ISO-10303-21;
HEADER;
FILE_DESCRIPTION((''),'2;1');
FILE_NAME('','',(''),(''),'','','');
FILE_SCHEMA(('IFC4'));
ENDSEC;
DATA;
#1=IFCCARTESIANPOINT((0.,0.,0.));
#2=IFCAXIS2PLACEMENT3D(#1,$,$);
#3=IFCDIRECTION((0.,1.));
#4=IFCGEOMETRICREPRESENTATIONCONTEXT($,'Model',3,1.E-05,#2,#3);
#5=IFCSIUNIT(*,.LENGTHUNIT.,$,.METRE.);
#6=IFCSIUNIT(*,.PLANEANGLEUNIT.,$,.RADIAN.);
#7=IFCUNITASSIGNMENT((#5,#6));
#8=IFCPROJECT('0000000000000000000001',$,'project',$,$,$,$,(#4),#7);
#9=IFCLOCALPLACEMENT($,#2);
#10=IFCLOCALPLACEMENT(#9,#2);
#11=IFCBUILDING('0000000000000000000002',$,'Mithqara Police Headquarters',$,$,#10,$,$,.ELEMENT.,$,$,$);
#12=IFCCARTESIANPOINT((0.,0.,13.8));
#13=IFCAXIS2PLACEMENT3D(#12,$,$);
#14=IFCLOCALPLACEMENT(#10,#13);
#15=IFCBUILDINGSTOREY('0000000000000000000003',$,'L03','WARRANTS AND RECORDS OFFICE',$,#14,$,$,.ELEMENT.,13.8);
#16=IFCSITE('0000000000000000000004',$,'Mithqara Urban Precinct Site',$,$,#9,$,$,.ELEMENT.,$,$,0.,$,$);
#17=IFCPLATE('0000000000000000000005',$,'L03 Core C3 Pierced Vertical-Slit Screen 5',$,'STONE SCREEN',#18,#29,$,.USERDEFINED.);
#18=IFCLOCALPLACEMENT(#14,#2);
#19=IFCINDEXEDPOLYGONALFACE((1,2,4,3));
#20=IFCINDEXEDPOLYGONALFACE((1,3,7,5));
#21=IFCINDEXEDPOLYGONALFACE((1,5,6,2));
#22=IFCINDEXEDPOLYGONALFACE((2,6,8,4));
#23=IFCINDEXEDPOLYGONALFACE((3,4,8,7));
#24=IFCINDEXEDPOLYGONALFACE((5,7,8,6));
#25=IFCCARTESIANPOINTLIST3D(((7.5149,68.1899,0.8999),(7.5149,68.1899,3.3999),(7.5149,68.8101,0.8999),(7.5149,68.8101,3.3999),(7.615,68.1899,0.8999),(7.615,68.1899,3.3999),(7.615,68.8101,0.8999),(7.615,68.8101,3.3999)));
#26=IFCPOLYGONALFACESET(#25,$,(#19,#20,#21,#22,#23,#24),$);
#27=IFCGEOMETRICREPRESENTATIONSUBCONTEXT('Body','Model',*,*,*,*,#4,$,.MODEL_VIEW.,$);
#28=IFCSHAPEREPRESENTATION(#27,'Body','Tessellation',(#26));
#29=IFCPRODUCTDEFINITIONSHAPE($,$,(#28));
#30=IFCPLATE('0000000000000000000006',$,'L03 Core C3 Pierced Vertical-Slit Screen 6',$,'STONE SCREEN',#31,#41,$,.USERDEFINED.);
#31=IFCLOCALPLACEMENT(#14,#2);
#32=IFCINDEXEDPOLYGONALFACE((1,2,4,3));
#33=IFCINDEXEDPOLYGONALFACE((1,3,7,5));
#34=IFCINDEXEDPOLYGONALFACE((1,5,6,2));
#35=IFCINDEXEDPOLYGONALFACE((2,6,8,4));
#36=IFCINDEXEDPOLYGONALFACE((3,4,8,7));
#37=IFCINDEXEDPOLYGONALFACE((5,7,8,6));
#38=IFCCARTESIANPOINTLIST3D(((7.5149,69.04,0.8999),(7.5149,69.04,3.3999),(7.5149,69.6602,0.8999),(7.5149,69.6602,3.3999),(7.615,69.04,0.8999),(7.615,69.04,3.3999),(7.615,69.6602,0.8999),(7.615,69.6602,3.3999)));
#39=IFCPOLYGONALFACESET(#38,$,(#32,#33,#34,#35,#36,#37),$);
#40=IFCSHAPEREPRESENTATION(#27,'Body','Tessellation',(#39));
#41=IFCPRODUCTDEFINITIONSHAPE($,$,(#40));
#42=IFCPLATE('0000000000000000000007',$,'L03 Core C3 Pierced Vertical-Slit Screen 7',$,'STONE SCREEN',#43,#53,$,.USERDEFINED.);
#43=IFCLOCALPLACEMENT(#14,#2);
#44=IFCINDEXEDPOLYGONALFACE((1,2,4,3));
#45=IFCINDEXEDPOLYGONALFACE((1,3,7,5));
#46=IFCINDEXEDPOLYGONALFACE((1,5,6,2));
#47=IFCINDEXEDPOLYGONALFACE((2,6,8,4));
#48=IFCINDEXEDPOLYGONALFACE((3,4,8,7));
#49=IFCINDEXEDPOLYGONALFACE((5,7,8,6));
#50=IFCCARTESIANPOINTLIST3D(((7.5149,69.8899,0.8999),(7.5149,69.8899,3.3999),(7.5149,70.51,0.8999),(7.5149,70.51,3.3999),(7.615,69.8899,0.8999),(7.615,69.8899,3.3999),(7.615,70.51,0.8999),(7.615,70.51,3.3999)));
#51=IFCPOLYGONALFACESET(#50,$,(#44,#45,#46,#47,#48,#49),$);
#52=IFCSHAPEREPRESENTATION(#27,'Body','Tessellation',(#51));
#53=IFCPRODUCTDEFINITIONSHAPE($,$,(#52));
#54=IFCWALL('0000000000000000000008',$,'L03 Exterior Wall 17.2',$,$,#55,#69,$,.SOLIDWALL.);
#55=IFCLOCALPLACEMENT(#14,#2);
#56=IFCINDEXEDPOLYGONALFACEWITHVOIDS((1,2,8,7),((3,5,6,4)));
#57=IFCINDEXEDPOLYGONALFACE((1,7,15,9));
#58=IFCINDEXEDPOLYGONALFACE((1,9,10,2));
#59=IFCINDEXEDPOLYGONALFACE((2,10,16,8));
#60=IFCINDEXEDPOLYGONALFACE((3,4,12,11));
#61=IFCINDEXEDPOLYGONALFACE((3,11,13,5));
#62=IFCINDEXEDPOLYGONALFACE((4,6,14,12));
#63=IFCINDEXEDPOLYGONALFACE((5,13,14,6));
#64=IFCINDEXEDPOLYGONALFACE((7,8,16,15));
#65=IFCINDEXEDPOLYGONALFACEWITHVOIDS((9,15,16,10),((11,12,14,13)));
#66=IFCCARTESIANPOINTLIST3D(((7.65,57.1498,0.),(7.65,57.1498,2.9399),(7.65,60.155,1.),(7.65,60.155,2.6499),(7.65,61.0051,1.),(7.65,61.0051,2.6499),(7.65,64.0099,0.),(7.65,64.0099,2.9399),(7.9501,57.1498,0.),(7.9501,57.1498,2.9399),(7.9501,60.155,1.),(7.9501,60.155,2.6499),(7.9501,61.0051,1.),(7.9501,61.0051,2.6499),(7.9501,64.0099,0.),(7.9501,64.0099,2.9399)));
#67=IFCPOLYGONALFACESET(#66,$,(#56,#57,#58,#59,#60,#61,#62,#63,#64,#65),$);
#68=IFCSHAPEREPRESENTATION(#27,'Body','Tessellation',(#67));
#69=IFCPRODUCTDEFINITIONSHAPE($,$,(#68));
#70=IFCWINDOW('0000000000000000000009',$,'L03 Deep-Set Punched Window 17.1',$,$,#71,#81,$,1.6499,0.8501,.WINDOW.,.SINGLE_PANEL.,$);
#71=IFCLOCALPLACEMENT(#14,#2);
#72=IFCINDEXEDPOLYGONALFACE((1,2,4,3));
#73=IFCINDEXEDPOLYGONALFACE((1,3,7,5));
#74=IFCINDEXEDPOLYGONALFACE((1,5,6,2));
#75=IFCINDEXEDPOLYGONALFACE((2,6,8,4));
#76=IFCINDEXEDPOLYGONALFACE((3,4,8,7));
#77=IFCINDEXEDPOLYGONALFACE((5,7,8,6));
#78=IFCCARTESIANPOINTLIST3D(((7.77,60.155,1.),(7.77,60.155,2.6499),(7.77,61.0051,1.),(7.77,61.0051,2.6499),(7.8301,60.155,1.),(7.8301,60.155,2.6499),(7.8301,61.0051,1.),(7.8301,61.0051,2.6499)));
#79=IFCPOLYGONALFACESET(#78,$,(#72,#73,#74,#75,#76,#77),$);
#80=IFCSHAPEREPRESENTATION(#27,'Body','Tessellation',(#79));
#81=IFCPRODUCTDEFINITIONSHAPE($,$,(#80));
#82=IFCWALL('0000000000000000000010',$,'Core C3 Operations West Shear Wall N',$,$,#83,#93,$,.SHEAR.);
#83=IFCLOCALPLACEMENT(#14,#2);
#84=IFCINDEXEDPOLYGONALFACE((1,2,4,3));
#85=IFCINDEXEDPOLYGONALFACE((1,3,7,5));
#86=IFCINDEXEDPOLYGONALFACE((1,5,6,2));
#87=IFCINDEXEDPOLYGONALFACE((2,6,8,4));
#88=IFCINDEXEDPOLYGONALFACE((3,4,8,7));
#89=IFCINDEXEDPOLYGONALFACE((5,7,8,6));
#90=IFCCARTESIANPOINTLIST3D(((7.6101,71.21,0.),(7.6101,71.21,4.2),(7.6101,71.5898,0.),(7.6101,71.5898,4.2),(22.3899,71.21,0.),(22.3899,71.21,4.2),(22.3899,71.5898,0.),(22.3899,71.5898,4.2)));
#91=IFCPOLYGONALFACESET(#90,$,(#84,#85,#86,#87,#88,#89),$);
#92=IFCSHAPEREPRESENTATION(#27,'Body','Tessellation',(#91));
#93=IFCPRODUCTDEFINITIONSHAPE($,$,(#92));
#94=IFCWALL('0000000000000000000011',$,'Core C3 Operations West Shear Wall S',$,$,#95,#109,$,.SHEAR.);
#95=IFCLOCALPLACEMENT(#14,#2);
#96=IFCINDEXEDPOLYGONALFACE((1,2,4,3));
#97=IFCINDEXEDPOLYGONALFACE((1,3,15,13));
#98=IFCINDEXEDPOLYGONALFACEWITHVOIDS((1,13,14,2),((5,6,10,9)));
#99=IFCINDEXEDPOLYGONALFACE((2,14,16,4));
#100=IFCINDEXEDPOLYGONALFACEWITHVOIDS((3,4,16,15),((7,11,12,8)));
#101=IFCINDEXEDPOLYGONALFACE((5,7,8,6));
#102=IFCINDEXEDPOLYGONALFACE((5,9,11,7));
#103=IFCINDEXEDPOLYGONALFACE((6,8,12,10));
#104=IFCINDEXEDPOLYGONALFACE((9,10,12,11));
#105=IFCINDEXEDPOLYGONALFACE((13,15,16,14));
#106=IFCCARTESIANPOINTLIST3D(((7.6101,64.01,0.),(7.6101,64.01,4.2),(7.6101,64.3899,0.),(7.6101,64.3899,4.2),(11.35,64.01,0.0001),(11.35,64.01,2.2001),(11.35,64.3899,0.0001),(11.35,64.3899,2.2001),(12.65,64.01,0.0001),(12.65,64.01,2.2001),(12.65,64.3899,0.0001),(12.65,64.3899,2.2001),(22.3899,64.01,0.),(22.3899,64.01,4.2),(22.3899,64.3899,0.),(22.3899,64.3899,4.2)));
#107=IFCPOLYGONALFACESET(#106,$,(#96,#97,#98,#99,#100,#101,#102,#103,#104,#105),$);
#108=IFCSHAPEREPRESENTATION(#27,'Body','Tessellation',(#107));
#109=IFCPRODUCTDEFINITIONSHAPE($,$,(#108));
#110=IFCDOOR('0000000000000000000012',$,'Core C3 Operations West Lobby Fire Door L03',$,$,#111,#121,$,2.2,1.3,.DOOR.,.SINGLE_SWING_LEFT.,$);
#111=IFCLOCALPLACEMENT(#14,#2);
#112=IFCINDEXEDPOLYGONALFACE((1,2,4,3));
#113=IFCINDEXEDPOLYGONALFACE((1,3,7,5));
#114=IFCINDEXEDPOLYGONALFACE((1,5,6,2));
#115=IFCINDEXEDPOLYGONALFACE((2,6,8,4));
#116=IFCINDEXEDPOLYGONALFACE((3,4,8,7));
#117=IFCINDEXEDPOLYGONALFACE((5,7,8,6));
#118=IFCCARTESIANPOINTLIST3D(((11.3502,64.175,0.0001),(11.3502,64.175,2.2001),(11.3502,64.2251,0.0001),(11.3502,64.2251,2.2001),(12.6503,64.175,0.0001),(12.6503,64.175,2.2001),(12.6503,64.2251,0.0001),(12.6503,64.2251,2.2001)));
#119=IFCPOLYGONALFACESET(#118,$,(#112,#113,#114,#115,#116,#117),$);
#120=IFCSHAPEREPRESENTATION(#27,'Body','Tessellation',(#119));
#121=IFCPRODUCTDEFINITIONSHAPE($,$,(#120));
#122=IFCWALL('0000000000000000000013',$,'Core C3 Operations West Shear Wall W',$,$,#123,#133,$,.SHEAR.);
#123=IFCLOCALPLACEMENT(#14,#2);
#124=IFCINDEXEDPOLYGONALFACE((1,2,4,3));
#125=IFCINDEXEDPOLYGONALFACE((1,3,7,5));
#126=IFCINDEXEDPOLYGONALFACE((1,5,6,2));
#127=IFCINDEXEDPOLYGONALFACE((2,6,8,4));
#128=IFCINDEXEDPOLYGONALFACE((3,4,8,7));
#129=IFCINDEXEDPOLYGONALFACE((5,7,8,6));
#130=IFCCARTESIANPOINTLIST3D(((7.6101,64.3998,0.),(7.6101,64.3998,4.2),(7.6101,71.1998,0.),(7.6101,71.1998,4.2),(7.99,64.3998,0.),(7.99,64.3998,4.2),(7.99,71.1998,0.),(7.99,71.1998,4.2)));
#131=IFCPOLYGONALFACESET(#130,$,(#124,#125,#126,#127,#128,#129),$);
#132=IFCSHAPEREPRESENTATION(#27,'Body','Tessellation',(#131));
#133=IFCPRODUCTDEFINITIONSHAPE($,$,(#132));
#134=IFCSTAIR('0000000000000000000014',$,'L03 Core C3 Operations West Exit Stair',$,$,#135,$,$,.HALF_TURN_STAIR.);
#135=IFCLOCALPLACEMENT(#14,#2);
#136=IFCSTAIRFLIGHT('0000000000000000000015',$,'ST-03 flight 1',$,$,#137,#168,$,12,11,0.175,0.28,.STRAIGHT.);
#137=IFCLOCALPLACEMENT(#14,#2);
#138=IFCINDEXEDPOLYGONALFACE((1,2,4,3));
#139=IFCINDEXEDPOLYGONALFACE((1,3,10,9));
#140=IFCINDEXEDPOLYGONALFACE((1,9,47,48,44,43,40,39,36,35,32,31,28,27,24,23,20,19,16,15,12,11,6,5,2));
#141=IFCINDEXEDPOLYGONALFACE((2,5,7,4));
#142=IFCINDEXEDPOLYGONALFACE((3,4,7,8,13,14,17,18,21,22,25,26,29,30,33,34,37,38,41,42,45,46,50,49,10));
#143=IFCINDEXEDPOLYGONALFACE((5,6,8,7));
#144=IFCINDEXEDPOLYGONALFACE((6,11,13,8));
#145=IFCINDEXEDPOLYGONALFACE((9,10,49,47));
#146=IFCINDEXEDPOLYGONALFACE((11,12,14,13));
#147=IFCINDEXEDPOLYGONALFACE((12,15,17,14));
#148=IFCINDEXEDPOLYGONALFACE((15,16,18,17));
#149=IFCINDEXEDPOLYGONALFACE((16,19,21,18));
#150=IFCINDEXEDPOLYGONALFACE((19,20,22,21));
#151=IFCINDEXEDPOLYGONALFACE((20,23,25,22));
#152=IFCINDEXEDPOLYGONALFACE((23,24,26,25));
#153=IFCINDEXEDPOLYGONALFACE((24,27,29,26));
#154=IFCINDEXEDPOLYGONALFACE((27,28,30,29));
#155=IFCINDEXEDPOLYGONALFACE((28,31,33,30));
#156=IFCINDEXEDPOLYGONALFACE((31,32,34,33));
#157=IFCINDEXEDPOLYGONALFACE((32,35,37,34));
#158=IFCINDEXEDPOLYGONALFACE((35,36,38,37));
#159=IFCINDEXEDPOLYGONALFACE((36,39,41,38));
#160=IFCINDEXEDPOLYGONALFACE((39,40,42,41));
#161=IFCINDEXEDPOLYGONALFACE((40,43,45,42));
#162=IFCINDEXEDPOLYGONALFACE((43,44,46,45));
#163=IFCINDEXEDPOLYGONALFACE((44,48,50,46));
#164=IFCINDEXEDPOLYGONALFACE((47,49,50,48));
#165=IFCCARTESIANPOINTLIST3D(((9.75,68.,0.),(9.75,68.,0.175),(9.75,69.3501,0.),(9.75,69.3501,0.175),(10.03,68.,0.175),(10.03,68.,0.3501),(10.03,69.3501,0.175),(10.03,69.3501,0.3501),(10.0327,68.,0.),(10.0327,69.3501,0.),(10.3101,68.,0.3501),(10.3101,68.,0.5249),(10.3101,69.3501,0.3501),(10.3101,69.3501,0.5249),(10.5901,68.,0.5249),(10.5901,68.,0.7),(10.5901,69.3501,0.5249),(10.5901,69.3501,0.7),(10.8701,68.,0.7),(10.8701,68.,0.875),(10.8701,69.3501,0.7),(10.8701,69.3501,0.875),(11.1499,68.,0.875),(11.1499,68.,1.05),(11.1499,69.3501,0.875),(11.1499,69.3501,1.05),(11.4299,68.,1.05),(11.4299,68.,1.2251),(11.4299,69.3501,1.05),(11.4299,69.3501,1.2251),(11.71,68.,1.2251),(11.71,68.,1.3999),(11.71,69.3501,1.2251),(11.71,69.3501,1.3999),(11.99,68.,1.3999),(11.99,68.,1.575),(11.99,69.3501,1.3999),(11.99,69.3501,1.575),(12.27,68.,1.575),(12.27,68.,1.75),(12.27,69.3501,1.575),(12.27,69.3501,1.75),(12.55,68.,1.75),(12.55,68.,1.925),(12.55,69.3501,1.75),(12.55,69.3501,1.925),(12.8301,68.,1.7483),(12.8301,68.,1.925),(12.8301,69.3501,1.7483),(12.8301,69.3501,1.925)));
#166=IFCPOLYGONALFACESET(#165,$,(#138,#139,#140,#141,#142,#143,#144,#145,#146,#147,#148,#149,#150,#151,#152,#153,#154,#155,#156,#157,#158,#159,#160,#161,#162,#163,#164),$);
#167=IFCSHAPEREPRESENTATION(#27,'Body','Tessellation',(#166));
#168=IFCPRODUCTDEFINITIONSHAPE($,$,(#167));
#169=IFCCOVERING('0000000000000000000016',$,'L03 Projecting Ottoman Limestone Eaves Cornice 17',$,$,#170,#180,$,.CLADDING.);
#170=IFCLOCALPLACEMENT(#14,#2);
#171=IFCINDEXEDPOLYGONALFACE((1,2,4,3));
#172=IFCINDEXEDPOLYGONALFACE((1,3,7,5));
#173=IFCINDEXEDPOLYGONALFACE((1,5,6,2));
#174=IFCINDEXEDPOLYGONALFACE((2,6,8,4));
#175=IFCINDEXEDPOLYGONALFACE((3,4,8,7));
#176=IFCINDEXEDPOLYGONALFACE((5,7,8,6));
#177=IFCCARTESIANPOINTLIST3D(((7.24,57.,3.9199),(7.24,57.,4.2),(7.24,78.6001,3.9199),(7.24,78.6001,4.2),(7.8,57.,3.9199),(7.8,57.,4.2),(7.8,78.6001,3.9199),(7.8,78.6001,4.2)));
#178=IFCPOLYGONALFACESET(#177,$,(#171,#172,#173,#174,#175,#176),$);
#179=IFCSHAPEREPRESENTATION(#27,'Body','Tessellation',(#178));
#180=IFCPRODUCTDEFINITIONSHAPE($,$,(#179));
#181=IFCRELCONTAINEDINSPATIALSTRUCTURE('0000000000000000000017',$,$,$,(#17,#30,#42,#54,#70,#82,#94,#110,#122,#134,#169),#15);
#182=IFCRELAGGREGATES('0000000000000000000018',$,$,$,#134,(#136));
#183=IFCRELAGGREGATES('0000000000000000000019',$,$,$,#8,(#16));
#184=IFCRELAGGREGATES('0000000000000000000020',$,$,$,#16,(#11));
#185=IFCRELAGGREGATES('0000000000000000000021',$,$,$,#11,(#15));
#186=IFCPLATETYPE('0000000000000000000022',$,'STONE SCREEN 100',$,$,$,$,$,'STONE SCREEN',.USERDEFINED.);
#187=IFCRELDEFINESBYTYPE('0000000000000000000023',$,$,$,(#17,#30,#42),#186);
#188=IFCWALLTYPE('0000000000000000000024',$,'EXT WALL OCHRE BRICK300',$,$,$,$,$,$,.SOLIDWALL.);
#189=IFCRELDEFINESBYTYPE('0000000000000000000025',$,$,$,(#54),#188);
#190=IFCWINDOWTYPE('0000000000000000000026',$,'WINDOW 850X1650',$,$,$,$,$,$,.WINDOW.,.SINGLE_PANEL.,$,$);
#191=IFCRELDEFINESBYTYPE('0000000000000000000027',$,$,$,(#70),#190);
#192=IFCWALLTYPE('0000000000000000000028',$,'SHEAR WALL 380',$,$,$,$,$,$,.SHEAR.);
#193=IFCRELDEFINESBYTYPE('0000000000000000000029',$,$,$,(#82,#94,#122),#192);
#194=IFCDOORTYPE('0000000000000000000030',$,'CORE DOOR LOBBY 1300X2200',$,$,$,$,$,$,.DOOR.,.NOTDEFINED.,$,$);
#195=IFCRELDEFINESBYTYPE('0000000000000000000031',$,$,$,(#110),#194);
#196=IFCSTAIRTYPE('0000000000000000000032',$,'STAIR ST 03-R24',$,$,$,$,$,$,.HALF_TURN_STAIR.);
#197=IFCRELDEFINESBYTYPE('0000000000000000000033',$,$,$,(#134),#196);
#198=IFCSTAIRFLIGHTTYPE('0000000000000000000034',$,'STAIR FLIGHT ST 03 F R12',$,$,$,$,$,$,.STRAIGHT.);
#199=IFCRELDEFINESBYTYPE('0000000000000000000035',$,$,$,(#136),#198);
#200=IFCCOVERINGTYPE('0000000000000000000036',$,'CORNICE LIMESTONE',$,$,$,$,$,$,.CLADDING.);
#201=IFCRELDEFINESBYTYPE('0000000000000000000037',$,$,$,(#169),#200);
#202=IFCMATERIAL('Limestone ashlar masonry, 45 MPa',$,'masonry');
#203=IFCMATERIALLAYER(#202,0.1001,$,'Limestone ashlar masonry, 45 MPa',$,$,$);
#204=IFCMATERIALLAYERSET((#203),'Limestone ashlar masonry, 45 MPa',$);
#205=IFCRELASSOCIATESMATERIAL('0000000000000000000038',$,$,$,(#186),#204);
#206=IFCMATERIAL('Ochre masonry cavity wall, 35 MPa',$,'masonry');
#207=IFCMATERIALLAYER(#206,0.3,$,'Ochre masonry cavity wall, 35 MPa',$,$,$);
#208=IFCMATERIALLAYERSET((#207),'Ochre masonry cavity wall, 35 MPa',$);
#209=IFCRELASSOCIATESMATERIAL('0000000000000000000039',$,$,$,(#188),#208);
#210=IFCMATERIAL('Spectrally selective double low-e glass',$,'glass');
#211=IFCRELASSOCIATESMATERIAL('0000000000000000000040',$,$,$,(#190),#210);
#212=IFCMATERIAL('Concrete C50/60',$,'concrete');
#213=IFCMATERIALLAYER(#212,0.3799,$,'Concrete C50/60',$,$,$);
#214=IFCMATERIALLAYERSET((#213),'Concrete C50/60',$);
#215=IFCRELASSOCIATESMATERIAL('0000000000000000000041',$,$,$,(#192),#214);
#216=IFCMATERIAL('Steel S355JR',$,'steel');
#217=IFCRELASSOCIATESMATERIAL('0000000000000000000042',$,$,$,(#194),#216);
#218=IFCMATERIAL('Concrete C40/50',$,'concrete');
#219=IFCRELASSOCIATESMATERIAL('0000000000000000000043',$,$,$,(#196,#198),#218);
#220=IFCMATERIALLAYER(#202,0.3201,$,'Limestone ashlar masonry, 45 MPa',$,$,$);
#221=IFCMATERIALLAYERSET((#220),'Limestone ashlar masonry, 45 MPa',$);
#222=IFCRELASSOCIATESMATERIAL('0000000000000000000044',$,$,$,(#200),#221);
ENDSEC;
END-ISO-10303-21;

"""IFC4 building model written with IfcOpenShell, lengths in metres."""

from ifc_helpers import new_model, si_unit, direction, frame, frame_2d, origin, origin_2d, place, context, subcontext, project, spatial, polyline, rectangle, outline, extrude, material, layer, layer_set, type_object, element, fill, aggregate, save


model = new_model("IFC4")

# Units and contexts
model_context = context("Model", 3, precision=1e-05, world=origin(), true_north=direction((0.0, 1.0)))
body_context = subcontext(model_context, "Body", "Model", "MODEL_VIEW")
ifc_project = project(units=[si_unit("LENGTHUNIT", "METRE"), si_unit("PLANEANGLEUNIT", "RADIAN")], contexts=[model_context])

# Site, building, storey
site_placement = place(None, origin())
site = spatial("IfcSite", under=ifc_project, at=site_placement, Name="Mithqara Urban Precinct Site", CompositionType="ELEMENT", RefElevation=0.0)
building_placement = place(site_placement, origin())
building = spatial("IfcBuilding", under=site, at=building_placement, Name="Mithqara Police Headquarters", CompositionType="ELEMENT")
storey_placement = place(building_placement, frame((0.0, 0.0, 13.8)))
storey = spatial("IfcBuildingStorey", under=building, at=storey_placement, Name="L03", Description="WARRANTS AND RECORDS OFFICE", CompositionType="ELEMENT", Elevation=13.8)

# Shared definitions
ifc_material_1 = material(Name="Steel S355JR", Category="steel")
ifc_material_2 = material(Name="Concrete C40/50", Category="concrete")

# Plates
ifc_material_3 = material(Name="Limestone ashlar masonry, 45 MPa", Category="masonry")
ifc_layer_1 = layer(ifc_material_3, 0.1001, Name="Limestone ashlar masonry, 45 MPa")
ifc_layer_set_1 = layer_set([ifc_layer_1], Name="Limestone ashlar masonry, 45 MPa")
plate_type = type_object("IfcPlateType", Name="STONE SCREEN 100", ElementType="STONE SCREEN", PredefinedType="USERDEFINED", material=ifc_layer_set_1)
for number, where, z_axis, x_axis, name in (
    (1, (7.5649, 68.5, 0.8999), (0.0, 0.0, 1.0), (0.0, 1.0, 0.0), "L03 Core C3 Pierced Vertical-Slit Screen 5"),
    (2, (7.5649, 69.3501, 0.8999), (0.0, 0.0, 1.0), (0.0, 1.0, 0.0), "L03 Core C3 Pierced Vertical-Slit Screen 6"),
    (3, (7.5649, 70.2, 0.8999), (0.0, 0.0, 1.0), (0.0, 1.0, 0.0), "L03 Core C3 Pierced Vertical-Slit Screen 7"),
):
    element("IfcPlate", number, at=place(storey_placement, frame(where, z_axis=z_axis, x_axis=x_axis)), inside=storey, type_object=plate_type, Name=name, ObjectType="STONE SCREEN", PredefinedType="USERDEFINED", context=body_context, shape_type="SweptSolid", body=[
        extrude(rectangle(XDim=0.6201, YDim=0.1001, at=origin_2d()), origin(), (0.0, 0.0, 1.0), 2.5),
    ])

# Wall, opening, window
ifc_material_4 = material(Name="Ochre masonry cavity wall, 35 MPa", Category="masonry")
ifc_layer_2 = layer(ifc_material_4, 0.3, Name="Ochre masonry cavity wall, 35 MPa")
ifc_layer_set_2 = layer_set([ifc_layer_2], Name="Ochre masonry cavity wall, 35 MPa")
wall_type_1 = type_object("IfcWallType", Name="EXT WALL OCHRE BRICK300", PredefinedType="SOLIDWALL", material=ifc_layer_set_2)
wall_1_placement = place(storey_placement, frame((7.8, 64.01, 0.0), z_axis=(0.0, 0.0, 1.0), x_axis=(0.0, -1.0, 0.0)))
wall_1 = element("IfcWall", 4, at=wall_1_placement, inside=storey, type_object=wall_type_1, Name="L03 Exterior Wall 17.2", PredefinedType="SOLIDWALL", context=body_context, shape_type="SweptSolid", body=[
    extrude(rectangle(XDim=6.8601, YDim=0.3, at=frame_2d((3.4302, 0.0))), origin(), (0.0, 0.0, 1.0), 2.9399),
])
opening_1_placement = place(wall_1_placement, frame((3.0049, 0.0, 1.0)))
opening_1 = element("IfcOpeningElement", 5, at=opening_1_placement, cuts=wall_1, PredefinedType="OPENING", context=body_context, shape_type="SweptSolid", body=[
    extrude(rectangle(XDim=0.8501, YDim=1.6499, at=frame_2d((0.425, 0.825))), frame((0.0, 0.1602, 0.0), z_axis=(0.0, -1.0, 0.0), x_axis=(1.0, 0.0, 0.0)), (0.0, 0.0, 1.0), 0.3201),
])
ifc_material_5 = material(Name="Spectrally selective double low-e glass", Category="glass")
window_type = type_object("IfcWindowType", Name="WINDOW 850X1650", PartitioningType="SINGLE_PANEL", PredefinedType="WINDOW", material=ifc_material_5)
window_placement = place(opening_1_placement, origin())
window = element("IfcWindow", 6, at=window_placement, inside=storey, type_object=window_type, Name="L03 Deep-Set Punched Window 17.1", OverallHeight=1.6499, OverallWidth=0.8501, PartitioningType="SINGLE_PANEL", PredefinedType="WINDOW", context=body_context, shape_type="SweptSolid", body=[
    extrude(rectangle(XDim=0.8501, YDim=1.6499, at=frame_2d((0.425, 0.825))), frame((0.0, 0.03, 0.0), z_axis=(0.0, -1.0, 0.0), x_axis=(1.0, 0.0, 0.0)), (0.0, 0.0, 1.0), 0.0601),
])
fill(opening_1, window)

# Wall
ifc_material_6 = material(Name="Concrete C50/60", Category="concrete")
ifc_layer_3 = layer(ifc_material_6, 0.3799, Name="Concrete C50/60")
ifc_layer_set_3 = layer_set([ifc_layer_3], Name="Concrete C50/60")
wall_type_2 = type_object("IfcWallType", Name="SHEAR WALL 380", PredefinedType="SHEAR", material=ifc_layer_set_3)
wall_2_placement = place(storey_placement, frame((7.6101, 71.3999, 0.0), z_axis=(0.0, 0.0, 1.0), x_axis=(1.0, 0.0, 0.0)))
element("IfcWall", 7, at=wall_2_placement, inside=storey, type_object=wall_type_2, Name="Core C3 Operations West Shear Wall N", PredefinedType="SHEAR", context=body_context, shape_type="SweptSolid", body=[
    extrude(rectangle(XDim=14.7798, YDim=0.3799, at=frame_2d((7.3899, 0.0))), origin(), (0.0, 0.0, 1.0), 4.2),
])

# Wall, opening, door
wall_3_placement = place(storey_placement, frame((7.6101, 64.2, 0.0), z_axis=(0.0, 0.0, 1.0), x_axis=(1.0, 0.0, 0.0)))
wall_3 = element("IfcWall", 8, at=wall_3_placement, inside=storey, type_object=wall_type_2, Name="Core C3 Operations West Shear Wall S", PredefinedType="SHEAR", context=body_context, shape_type="SweptSolid", body=[
    extrude(rectangle(XDim=14.7798, YDim=0.3799, at=frame_2d((7.3899, 0.0))), origin(), (0.0, 0.0, 1.0), 4.2),
])
opening_2_placement = place(wall_3_placement, frame((3.74, 0.0, 0.0)))
opening_2 = element("IfcOpeningElement", 9, at=opening_2_placement, cuts=wall_3, PredefinedType="OPENING", context=body_context, shape_type="SweptSolid", body=[
    extrude(rectangle(XDim=1.3, YDim=2.2, at=frame_2d((0.6499, 1.1001))), frame((0.0, 0.2, 0.0), z_axis=(0.0, -1.0, 0.0), x_axis=(1.0, 0.0, 0.0)), (0.0, 0.0, 1.0), 0.3999),
])
door_type_1 = type_object("IfcDoorType", Name="CORE DOOR LOBBY 1300X2200", OperationType="NOTDEFINED", PredefinedType="DOOR", material=ifc_material_1)
door_1_placement = place(opening_2_placement, frame((1.3, 0.0, 0.0), z_axis=(0.0, 0.0, 1.0), x_axis=(-1.0, 0.0, 0.0)))
door_1 = element("IfcDoor", 10, at=door_1_placement, inside=storey, type_object=door_type_1, Name="Core C3 Operations West Lobby Fire Door L03", OperationType="SINGLE_SWING_LEFT", OverallHeight=2.2, OverallWidth=1.3, PredefinedType="DOOR", context=body_context, shape_type="SweptSolid", body=[
    extrude(rectangle(XDim=1.3, YDim=2.2, at=frame_2d((0.6499, 1.1001))), frame((0.0, 0.0249, 0.0), z_axis=(0.0, -1.0, 0.0), x_axis=(1.0, 0.0, 0.0)), (0.0, 0.0, 1.0), 0.05),
])
fill(opening_2, door_1)

# Wall
wall_4_placement = place(storey_placement, frame((7.8, 64.3999, 0.0), z_axis=(0.0, 0.0, 1.0), x_axis=(0.0, 1.0, 0.0)))
element("IfcWall", 11, at=wall_4_placement, inside=storey, type_object=wall_type_2, Name="Core C3 Operations West Shear Wall W", PredefinedType="SHEAR", context=body_context, shape_type="SweptSolid", body=[
    extrude(rectangle(XDim=6.8, YDim=0.3799, at=frame_2d((3.3999, 0.0))), origin(), (0.0, 0.0, 1.0), 4.2),
])

# Stair, stair flight
stair_type = type_object("IfcStairType", Name="STAIR ST 03-R24", PredefinedType="HALF_TURN_STAIR", material=ifc_material_2)
stair_placement = place(storey_placement, origin())
stair = element("IfcStair", 12, at=stair_placement, inside=storey, type_object=stair_type, Name="L03 Core C3 Operations West Exit Stair", PredefinedType="HALF_TURN_STAIR")
stair_flight_type = type_object("IfcStairFlightType", Name="STAIR FLIGHT ST 03 F R12", PredefinedType="STRAIGHT", material=ifc_material_2)
stair_flight_placement = place(storey_placement, frame((9.75, 68.675, 0.0), z_axis=(0.0, 0.0, 1.0), x_axis=(1.0, 0.0, 0.0)))
stair_flight = element("IfcStairFlight", 13, at=stair_flight_placement, type_object=stair_flight_type, Name="ST-03 flight 1", NumberOfRisers=12, NumberOfTreads=11, PredefinedType="STRAIGHT", RiserHeight=0.175, TreadLength=0.28, context=body_context, shape_type="SweptSolid", body=[
    extrude(outline(polyline([(0.0, 0.0), (0.0, 0.175), (0.28, 0.175), (0.28, 0.3501), (0.5601, 0.3501), (0.5601, 0.5249), (0.8401, 0.5249), (0.8401, 0.7), (1.1201, 0.7), (1.1201, 0.875), (1.3999, 0.875), (1.3999, 1.05), (1.6799, 1.05), (1.6799, 1.2251), (1.96, 1.2251), (1.96, 1.3999), (2.24, 1.3999), (2.24, 1.575), (2.52, 1.575), (2.52, 1.75), (2.8, 1.75), (2.8, 1.925), (3.0801, 1.925), (3.0801, 2.1001), (3.0801, 1.7483), (0.2827, 0.0), (0.0, 0.0)])), frame((0.0, 0.675, 0.0), z_axis=(0.0, -1.0, 0.0), x_axis=(1.0, 0.0, 0.0)), (0.0, 0.0, 1.0), 1.3501),
])
aggregate(stair, [stair_flight])

# Covering
ifc_layer_4 = layer(ifc_material_3, 0.3201, Name="Limestone ashlar masonry, 45 MPa")
ifc_layer_set_4 = layer_set([ifc_layer_4], Name="Limestone ashlar masonry, 45 MPa")
covering_type_1 = type_object("IfcCoveringType", Name="CORNICE LIMESTONE", PredefinedType="CLADDING", material=ifc_layer_set_4)
covering_1_placement = place(storey_placement, frame((7.52, 67.8, 3.9199), z_axis=(0.0, 0.0, 1.0), x_axis=(0.0, 1.0, 0.0)))
element("IfcCovering", 14, at=covering_1_placement, inside=storey, type_object=covering_type_1, Name="L03 Projecting Ottoman Limestone Eaves Cornice 17", PredefinedType="CLADDING", context=body_context, shape_type="SweptSolid", body=[
    extrude(rectangle(XDim=21.6001, YDim=0.5601, at=origin_2d()), origin(), (0.0, 0.0, 1.0), 0.28),
])

save(model, "model.ifc")
